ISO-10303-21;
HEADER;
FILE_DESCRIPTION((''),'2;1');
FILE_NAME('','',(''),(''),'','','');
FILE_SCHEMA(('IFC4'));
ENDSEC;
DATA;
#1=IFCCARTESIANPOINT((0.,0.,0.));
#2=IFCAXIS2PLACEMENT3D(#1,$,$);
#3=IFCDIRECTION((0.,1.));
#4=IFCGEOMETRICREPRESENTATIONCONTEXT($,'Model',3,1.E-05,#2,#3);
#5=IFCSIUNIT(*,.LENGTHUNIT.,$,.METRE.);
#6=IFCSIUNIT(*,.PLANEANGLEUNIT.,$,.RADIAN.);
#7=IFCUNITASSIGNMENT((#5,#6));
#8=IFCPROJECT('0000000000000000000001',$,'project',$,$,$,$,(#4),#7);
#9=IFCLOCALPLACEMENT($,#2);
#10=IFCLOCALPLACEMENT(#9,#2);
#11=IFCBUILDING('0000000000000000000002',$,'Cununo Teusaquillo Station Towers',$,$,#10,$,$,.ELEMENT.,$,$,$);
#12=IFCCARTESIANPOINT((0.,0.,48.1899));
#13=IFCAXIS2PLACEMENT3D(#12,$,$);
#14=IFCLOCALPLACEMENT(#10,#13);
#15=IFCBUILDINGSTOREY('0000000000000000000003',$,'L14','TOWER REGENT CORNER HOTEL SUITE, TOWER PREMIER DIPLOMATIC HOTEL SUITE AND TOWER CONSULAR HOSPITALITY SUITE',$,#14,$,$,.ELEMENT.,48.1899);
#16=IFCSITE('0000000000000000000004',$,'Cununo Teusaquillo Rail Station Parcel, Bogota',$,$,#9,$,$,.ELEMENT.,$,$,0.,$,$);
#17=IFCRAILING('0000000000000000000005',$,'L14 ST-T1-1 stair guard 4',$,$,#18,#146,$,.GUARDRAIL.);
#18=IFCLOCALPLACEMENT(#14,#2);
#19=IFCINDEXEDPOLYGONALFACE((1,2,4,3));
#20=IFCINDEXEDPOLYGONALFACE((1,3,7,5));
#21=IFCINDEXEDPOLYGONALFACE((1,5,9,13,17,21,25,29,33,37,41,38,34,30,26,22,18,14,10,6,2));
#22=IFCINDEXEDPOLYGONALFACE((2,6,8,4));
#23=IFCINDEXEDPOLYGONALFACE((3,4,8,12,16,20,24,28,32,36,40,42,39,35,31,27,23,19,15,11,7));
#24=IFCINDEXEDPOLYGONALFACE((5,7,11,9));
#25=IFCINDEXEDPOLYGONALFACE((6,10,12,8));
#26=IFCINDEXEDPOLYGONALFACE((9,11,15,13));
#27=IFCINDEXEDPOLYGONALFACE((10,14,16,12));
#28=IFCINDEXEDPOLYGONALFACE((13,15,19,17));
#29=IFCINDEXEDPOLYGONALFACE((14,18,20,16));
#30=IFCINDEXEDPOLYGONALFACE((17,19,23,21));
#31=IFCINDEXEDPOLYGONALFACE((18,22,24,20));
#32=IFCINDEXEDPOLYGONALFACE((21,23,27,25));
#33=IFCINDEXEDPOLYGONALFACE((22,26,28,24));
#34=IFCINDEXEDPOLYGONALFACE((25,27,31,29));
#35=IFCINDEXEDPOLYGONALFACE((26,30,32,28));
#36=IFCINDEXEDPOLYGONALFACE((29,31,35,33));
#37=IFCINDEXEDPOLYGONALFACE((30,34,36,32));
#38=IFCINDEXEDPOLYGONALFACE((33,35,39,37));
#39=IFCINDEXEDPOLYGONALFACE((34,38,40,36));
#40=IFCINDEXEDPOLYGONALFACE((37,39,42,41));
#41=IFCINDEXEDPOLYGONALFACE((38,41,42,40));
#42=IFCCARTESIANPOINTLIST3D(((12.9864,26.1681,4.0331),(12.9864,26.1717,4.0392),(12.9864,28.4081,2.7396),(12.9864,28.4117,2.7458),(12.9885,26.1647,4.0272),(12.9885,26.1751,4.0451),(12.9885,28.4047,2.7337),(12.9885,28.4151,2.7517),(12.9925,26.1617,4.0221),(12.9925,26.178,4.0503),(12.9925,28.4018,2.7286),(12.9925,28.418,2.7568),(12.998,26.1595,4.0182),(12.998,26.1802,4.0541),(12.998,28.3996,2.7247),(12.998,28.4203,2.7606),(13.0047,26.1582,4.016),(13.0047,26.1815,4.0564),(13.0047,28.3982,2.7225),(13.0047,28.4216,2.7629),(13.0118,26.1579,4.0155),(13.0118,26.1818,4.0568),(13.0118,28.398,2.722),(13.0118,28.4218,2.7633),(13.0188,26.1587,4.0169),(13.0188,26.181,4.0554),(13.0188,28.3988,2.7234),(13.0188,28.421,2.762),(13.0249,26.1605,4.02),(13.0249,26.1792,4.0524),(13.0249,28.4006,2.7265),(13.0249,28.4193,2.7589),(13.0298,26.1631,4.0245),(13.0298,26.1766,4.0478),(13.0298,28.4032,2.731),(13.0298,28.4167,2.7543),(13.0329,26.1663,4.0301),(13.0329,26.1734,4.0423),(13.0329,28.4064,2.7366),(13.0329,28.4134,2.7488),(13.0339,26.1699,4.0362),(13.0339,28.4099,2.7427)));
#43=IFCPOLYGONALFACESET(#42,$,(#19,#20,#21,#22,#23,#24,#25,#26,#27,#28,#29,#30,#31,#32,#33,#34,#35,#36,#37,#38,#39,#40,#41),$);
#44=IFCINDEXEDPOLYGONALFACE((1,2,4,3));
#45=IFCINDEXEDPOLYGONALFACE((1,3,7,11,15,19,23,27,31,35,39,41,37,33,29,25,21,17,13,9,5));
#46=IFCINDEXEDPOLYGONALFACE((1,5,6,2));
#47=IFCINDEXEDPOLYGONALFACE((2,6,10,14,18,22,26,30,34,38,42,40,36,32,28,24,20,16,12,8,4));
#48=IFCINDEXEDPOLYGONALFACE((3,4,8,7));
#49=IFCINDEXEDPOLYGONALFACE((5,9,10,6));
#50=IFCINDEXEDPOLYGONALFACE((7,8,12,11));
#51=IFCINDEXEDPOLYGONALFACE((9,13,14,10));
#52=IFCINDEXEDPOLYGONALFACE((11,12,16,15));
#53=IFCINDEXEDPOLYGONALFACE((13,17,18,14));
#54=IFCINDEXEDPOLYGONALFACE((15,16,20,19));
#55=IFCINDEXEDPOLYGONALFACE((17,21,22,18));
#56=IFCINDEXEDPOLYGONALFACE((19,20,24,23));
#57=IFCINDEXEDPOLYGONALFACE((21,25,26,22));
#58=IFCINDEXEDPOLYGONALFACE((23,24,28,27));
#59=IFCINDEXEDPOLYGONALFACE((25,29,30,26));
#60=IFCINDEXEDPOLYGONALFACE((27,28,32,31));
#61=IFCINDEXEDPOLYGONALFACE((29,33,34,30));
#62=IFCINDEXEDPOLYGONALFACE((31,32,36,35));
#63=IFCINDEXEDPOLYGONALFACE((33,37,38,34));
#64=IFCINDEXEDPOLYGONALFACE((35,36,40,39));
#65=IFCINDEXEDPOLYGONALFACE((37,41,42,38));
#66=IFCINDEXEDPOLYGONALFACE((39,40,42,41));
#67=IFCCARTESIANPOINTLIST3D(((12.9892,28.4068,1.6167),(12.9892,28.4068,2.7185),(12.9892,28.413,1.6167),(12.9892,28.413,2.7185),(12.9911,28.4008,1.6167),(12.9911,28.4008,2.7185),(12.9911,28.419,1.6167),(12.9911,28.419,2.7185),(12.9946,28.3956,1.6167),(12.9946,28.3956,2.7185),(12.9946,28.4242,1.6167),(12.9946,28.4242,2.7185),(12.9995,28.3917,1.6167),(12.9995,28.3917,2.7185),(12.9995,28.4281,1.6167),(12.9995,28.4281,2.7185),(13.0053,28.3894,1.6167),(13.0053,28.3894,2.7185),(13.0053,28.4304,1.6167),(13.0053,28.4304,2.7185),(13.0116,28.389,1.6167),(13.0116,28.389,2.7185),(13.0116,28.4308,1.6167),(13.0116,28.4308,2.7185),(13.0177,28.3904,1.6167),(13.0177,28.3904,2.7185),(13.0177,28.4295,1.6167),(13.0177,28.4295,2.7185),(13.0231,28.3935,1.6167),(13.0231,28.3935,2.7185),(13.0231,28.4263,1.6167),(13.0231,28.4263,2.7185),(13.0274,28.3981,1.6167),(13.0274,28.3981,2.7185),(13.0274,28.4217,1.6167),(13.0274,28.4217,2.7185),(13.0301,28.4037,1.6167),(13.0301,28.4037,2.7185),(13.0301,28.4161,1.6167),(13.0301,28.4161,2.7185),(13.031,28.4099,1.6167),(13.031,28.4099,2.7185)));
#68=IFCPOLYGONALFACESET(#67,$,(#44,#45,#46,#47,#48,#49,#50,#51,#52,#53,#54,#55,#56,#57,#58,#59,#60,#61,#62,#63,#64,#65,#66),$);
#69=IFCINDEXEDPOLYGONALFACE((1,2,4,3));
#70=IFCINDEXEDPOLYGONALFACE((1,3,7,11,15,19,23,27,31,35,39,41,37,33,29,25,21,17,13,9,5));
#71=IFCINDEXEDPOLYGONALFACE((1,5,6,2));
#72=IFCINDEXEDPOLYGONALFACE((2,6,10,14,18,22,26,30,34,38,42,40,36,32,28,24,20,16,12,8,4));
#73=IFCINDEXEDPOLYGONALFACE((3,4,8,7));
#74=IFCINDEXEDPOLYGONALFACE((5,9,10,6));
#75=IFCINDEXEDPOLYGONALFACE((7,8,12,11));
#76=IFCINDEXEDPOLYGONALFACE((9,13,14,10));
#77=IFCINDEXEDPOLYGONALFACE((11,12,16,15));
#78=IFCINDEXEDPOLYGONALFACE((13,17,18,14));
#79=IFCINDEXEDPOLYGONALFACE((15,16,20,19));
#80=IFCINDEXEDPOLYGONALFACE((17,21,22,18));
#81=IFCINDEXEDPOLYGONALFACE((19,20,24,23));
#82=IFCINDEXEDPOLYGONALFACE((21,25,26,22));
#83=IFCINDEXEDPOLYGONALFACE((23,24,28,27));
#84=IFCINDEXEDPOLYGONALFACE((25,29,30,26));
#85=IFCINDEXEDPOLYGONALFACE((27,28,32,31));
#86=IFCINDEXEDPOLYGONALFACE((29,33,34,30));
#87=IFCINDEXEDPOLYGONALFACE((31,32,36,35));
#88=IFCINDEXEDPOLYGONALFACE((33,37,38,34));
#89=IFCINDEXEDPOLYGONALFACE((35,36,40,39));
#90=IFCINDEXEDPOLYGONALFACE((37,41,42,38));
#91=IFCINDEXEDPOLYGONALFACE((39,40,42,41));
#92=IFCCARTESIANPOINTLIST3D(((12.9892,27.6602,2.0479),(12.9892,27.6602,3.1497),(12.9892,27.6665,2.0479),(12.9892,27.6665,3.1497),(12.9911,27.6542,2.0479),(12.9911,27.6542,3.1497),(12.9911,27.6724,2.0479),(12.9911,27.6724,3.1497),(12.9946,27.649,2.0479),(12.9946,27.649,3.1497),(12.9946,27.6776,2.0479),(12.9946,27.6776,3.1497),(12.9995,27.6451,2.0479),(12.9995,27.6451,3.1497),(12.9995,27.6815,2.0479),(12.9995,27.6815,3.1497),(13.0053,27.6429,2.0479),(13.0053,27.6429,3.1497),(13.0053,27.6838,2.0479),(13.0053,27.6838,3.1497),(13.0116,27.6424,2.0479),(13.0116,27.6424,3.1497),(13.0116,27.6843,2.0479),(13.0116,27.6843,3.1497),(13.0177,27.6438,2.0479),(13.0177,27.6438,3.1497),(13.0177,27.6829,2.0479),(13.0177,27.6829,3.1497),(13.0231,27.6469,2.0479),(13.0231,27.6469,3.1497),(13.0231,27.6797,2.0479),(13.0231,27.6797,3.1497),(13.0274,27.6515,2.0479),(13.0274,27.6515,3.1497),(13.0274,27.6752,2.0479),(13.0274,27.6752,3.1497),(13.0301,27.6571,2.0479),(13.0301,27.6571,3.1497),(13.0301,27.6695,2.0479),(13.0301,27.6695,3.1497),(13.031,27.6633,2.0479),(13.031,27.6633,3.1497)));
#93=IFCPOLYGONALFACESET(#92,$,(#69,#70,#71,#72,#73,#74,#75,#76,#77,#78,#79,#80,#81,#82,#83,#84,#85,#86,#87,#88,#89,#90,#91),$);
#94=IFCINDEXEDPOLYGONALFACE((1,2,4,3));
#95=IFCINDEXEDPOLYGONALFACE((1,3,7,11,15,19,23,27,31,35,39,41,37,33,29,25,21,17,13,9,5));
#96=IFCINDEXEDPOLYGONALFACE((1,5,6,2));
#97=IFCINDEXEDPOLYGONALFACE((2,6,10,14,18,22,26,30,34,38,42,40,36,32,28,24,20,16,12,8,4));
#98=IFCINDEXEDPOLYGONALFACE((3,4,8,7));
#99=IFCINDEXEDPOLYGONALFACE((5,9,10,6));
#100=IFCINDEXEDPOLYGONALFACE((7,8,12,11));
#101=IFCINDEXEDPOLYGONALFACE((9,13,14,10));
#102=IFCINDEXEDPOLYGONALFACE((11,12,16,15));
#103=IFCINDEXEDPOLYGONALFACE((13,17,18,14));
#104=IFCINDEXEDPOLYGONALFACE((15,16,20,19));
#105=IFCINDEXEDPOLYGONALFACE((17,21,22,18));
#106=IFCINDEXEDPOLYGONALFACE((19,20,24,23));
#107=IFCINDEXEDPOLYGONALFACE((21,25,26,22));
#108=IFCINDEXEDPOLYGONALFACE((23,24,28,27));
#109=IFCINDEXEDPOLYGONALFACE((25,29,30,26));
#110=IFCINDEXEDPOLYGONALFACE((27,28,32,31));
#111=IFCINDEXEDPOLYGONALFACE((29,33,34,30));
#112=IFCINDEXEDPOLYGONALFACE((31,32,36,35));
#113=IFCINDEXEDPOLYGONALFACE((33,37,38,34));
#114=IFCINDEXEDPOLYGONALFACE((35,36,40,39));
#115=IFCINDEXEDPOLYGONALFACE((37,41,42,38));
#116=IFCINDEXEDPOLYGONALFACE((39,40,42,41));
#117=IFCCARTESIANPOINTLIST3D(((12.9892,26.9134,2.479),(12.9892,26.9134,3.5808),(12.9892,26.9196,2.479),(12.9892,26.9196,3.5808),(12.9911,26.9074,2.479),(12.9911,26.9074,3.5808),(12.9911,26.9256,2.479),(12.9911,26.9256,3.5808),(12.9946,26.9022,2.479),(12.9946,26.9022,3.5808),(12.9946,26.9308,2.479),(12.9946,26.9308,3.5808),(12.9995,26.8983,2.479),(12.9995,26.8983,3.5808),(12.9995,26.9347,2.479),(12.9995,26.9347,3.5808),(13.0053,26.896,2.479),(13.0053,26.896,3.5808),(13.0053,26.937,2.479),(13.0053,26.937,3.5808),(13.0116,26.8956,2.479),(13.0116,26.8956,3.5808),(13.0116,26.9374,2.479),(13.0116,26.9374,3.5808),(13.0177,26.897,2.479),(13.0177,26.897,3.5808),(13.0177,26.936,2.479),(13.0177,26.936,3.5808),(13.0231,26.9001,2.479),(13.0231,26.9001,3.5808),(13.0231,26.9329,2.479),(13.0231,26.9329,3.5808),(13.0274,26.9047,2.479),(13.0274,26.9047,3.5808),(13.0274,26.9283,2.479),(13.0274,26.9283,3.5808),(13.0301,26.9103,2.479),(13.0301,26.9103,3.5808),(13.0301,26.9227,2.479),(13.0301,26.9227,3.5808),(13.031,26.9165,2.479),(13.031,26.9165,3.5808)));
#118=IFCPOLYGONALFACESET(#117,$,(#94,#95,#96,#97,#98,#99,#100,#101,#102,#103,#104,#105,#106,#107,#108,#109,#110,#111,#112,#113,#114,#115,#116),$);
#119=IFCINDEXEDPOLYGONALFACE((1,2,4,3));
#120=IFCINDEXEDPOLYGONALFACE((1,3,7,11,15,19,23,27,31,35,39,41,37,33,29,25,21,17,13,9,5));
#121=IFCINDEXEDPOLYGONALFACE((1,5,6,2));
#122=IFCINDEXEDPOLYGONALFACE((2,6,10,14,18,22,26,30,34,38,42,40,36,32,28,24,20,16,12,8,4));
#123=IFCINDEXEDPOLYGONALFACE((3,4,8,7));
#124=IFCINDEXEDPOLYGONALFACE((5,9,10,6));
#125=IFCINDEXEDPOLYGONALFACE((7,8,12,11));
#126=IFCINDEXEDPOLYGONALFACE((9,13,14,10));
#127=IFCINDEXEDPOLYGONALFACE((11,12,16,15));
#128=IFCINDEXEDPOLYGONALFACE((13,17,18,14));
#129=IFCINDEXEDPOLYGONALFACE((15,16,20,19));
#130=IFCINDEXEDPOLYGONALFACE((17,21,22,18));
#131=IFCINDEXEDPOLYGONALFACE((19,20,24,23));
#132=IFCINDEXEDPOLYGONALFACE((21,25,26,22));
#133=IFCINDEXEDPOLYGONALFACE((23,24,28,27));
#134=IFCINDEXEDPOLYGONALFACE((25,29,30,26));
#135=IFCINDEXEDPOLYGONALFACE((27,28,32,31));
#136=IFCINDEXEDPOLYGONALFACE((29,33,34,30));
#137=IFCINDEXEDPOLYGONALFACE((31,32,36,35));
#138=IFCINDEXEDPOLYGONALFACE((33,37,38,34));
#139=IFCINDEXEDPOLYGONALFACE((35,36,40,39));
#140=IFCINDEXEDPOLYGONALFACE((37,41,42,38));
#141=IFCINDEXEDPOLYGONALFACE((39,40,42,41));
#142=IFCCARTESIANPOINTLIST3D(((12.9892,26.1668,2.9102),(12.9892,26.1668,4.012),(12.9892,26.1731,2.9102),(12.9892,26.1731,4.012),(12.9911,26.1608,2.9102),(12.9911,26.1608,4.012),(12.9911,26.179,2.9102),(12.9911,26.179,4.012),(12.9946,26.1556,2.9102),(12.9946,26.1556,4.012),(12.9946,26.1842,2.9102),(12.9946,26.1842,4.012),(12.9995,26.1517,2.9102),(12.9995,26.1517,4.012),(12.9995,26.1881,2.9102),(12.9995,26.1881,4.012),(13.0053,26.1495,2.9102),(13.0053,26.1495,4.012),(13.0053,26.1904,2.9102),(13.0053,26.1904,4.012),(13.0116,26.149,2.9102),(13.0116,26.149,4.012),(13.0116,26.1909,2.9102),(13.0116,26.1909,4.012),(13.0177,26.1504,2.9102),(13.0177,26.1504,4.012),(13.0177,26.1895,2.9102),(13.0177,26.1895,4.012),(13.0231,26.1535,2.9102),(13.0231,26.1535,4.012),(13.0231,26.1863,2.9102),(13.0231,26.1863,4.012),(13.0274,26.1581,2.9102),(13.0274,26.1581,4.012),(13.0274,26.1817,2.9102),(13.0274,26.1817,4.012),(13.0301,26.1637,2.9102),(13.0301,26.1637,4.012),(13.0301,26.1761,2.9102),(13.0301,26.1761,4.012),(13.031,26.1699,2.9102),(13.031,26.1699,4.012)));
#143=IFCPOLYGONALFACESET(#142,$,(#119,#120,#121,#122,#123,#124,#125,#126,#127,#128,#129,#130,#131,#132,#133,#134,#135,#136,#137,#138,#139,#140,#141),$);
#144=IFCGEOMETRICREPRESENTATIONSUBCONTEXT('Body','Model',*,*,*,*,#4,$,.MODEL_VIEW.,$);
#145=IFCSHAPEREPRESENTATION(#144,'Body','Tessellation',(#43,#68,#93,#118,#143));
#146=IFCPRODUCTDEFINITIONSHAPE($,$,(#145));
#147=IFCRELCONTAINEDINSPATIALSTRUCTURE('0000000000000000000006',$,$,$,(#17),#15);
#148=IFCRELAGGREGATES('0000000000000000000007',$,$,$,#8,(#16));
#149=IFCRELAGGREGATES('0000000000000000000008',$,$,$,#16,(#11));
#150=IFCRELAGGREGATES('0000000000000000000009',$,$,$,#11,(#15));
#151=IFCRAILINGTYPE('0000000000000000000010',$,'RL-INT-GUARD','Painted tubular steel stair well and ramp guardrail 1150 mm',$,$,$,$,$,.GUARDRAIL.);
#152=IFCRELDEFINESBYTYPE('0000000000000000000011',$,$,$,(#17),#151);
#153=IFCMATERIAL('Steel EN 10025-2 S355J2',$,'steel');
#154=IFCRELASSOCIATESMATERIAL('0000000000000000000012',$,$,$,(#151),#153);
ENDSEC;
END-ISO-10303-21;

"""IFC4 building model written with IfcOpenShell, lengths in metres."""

from ifc_helpers import new_model, si_unit, direction, frame, origin, origin_2d, place, context, subcontext, project, spatial, circle, extrude, material, type_object, element, save


model = new_model("IFC4")

# Units and contexts
model_context = context("Model", 3, precision=1e-05, world=origin(), true_north=direction((0.0, 1.0)))
body_context = subcontext(model_context, "Body", "Model", "MODEL_VIEW")
ifc_project = project(units=[si_unit("LENGTHUNIT", "METRE"), si_unit("PLANEANGLEUNIT", "RADIAN")], contexts=[model_context])

# Site, building, storey
site_placement = place(None, origin())
site = spatial("IfcSite", under=ifc_project, at=site_placement, Name="Cununo Teusaquillo Rail Station Parcel, Bogota", CompositionType="ELEMENT", RefElevation=0.0)
building_placement = place(site_placement, origin())
building = spatial("IfcBuilding", under=site, at=building_placement, Name="Cununo Teusaquillo Station Towers", CompositionType="ELEMENT")
storey_placement = place(building_placement, frame((0.0, 0.0, 48.1899)))
storey = spatial("IfcBuildingStorey", under=building, at=storey_placement, Name="L14", Description="TOWER REGENT CORNER HOTEL SUITE, TOWER PREMIER DIPLOMATIC HOTEL SUITE AND TOWER CONSULAR HOSPITALITY SUITE", CompositionType="ELEMENT", Elevation=48.1899)

# Railing
ifc_material_1 = material(Name="Steel EN 10025-2 S355J2", Category="steel")
railing_type_1 = type_object("IfcRailingType", Name="RL-INT-GUARD", Description="Painted tubular steel stair well and ramp guardrail 1150 mm", PredefinedType="GUARDRAIL", material=ifc_material_1)
railing_1_placement = place(storey_placement, frame((13.01, 28.4099, 1.6167)))
element("IfcRailing", 1, at=railing_1_placement, inside=storey, type_object=railing_type_1, Name="L14 ST-T1-1 stair guard 4", PredefinedType="GUARDRAIL", context=body_context, shape_type="SweptSolid", body=[
    extrude(circle(Radius=0.0239, at=origin_2d()), frame((0.0, 0.0, 1.126), z_axis=(0.0, -0.865992, 0.500057), x_axis=(1.0, 0.0, 0.0)), (0.0, 0.0, 1.0), 2.5867),
    extrude(circle(Radius=0.021, at=origin_2d()), origin(), (0.0, 0.0, 1.0), 1.1018),
    extrude(circle(Radius=0.021, at=origin_2d()), frame((0.0, -0.7466, 0.4312)), (0.0, 0.0, 1.0), 1.1018),
    extrude(circle(Radius=0.021, at=origin_2d()), frame((0.0, -1.4934, 0.8623)), (0.0, 0.0, 1.0), 1.1018),
    extrude(circle(Radius=0.021, at=origin_2d()), frame((0.0, -2.24, 1.2935)), (0.0, 0.0, 1.0), 1.1018),
])

save(model, "model.ifc")
